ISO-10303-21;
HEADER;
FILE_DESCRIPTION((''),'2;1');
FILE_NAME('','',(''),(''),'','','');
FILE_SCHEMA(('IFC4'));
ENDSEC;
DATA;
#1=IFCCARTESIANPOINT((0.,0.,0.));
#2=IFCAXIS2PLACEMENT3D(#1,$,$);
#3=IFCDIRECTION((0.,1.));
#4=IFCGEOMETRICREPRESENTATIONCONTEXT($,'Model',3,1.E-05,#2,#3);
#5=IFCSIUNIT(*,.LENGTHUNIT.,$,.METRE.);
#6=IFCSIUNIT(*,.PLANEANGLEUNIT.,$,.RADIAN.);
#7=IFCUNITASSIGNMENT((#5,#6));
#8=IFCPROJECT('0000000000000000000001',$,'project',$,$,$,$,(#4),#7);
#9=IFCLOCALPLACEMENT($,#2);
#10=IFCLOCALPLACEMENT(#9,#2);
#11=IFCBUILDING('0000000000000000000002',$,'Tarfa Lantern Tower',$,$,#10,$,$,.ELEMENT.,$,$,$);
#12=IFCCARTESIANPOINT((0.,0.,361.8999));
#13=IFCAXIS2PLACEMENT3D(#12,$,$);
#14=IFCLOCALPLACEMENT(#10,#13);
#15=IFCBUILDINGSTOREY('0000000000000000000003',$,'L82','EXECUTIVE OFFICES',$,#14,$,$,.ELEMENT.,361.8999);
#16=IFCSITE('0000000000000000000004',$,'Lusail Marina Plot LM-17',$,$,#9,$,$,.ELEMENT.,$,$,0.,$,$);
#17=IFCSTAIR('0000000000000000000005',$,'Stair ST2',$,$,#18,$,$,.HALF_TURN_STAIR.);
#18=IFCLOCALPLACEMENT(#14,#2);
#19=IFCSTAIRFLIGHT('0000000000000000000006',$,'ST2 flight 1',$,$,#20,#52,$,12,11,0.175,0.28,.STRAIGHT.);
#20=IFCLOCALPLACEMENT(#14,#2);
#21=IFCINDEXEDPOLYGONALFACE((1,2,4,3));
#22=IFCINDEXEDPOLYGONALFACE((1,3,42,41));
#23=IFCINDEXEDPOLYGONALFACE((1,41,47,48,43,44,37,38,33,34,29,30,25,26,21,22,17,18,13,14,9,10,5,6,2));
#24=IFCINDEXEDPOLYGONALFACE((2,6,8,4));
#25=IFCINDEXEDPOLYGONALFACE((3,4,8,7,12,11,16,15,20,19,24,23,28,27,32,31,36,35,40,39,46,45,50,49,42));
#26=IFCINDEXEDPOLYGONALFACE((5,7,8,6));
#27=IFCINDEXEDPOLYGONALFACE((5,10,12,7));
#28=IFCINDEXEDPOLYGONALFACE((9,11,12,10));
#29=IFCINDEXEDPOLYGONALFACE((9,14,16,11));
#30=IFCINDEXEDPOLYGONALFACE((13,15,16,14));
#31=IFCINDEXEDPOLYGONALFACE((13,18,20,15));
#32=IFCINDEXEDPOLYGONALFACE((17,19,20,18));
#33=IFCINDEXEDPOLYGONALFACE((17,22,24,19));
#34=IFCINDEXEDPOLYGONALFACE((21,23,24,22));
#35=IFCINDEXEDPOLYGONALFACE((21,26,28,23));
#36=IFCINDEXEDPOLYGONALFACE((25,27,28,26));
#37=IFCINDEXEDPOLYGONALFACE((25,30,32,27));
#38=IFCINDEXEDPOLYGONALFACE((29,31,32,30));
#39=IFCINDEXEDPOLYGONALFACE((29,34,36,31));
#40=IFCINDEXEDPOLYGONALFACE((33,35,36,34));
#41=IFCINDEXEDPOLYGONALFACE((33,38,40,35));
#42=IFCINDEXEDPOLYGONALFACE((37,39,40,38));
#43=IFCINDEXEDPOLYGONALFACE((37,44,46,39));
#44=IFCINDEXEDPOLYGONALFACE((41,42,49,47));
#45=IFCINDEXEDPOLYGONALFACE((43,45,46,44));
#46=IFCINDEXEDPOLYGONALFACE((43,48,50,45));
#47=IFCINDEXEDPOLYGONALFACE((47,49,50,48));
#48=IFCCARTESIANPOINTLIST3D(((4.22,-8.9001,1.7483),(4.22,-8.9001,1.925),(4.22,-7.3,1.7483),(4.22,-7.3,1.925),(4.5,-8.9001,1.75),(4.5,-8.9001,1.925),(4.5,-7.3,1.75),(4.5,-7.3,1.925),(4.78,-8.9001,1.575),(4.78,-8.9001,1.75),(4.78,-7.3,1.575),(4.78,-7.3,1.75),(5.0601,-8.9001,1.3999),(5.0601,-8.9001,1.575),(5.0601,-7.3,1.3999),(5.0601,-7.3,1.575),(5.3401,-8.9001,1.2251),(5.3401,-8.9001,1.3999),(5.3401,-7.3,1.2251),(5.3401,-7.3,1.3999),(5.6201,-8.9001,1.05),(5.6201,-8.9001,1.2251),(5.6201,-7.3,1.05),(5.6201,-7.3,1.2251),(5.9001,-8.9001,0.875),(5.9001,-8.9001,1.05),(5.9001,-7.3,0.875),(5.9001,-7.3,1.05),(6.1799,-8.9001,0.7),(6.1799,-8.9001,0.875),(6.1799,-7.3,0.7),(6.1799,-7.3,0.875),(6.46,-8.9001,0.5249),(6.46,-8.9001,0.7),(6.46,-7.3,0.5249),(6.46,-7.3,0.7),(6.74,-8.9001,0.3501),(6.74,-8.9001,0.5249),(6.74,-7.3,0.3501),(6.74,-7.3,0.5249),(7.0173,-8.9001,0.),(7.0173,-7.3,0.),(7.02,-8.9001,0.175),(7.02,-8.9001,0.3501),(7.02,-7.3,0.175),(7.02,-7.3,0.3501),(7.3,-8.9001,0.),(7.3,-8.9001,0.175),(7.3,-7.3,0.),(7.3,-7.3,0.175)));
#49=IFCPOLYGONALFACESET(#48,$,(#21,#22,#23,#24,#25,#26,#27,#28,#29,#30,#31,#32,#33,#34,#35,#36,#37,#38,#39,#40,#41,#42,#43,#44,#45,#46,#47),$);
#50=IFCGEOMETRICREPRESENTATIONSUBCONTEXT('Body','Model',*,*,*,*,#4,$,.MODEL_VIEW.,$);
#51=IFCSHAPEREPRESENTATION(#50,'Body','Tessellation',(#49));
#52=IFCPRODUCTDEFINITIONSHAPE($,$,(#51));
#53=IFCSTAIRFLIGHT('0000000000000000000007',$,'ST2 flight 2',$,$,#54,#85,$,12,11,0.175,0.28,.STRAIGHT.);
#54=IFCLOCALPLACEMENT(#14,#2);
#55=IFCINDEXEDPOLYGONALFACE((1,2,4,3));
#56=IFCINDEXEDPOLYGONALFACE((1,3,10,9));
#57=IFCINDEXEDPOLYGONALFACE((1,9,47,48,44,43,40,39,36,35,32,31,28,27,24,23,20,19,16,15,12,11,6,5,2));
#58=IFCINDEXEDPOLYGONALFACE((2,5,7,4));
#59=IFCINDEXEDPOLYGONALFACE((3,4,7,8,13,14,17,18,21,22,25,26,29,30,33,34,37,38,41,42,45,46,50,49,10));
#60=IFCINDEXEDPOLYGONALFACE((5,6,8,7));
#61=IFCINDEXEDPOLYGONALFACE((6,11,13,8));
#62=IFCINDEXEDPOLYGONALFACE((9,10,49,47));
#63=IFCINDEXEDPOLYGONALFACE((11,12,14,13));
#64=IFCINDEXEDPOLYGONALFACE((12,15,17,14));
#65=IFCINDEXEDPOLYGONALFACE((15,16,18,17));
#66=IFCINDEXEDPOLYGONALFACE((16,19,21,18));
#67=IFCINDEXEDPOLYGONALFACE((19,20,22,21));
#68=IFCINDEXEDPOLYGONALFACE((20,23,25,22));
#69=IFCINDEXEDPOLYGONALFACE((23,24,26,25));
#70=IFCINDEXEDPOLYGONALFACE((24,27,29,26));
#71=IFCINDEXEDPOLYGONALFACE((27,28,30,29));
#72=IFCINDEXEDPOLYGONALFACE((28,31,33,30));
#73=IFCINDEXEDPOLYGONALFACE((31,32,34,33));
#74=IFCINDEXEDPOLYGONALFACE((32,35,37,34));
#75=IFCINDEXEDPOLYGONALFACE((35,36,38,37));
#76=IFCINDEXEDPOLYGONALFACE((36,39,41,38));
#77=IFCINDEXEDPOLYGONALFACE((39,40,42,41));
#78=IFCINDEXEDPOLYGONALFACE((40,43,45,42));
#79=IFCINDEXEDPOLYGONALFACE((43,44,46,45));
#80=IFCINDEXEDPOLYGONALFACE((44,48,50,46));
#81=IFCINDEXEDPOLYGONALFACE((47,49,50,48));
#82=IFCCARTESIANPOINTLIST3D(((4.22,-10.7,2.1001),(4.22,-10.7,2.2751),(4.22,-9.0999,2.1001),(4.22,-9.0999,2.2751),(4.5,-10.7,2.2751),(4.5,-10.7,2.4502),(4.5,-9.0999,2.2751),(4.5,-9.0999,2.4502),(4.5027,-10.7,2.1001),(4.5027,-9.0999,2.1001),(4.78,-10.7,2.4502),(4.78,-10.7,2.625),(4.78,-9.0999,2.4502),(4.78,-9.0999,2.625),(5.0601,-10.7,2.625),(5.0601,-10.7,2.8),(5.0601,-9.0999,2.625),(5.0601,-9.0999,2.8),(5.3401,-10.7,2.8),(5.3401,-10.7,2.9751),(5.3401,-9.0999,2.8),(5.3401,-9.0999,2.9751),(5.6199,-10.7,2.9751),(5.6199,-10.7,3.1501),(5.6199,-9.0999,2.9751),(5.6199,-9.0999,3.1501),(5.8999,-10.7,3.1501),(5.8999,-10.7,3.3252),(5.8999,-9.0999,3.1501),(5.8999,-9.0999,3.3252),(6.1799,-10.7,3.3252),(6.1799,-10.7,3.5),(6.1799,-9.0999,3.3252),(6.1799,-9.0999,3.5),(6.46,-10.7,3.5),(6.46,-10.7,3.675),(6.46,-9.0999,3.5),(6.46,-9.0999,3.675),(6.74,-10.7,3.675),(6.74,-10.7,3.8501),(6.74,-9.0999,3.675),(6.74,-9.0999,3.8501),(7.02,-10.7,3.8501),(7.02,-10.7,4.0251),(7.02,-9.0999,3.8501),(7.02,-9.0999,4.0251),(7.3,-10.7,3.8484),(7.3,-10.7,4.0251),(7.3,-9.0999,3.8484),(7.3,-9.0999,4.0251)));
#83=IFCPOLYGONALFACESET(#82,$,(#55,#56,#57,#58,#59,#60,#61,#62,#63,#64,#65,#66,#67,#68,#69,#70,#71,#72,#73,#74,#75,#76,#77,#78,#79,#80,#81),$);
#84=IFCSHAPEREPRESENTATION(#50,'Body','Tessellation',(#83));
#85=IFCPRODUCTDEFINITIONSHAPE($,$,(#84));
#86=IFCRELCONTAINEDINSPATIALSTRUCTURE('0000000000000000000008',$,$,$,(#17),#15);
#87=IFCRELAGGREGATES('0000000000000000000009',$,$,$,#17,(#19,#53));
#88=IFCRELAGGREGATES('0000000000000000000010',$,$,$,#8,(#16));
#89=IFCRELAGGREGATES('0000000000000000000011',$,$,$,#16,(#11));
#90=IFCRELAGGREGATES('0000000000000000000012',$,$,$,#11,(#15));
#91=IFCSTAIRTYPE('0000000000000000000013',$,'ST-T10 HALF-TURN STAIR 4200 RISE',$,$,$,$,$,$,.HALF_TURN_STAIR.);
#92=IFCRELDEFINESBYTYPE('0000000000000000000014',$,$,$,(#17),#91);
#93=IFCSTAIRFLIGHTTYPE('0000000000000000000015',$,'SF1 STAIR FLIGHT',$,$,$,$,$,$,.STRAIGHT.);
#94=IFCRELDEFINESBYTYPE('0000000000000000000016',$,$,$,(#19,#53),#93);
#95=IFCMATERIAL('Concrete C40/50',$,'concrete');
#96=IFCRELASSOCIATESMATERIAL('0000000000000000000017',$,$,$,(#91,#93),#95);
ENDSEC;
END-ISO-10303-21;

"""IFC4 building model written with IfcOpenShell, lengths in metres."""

from ifc_helpers import new_model, si_unit, direction, frame, origin, place, context, subcontext, project, spatial, polyline, outline, extrude, material, type_object, element, aggregate, save


model = new_model("IFC4")

# Units and contexts
model_context = context("Model", 3, precision=1e-05, world=origin(), true_north=direction((0.0, 1.0)))
body_context = subcontext(model_context, "Body", "Model", "MODEL_VIEW")
ifc_project = project(units=[si_unit("LENGTHUNIT", "METRE"), si_unit("PLANEANGLEUNIT", "RADIAN")], contexts=[model_context])

# Site, building, storey
site_placement = place(None, origin())
site = spatial("IfcSite", under=ifc_project, at=site_placement, Name="Lusail Marina Plot LM-17", CompositionType="ELEMENT", RefElevation=0.0)
building_placement = place(site_placement, origin())
building = spatial("IfcBuilding", under=site, at=building_placement, Name="Tarfa Lantern Tower", CompositionType="ELEMENT")
storey_placement = place(building_placement, frame((0.0, 0.0, 361.8999)))
storey = spatial("IfcBuildingStorey", under=building, at=storey_placement, Name="L82", Description="EXECUTIVE OFFICES", CompositionType="ELEMENT", Elevation=361.8999)

# Stair, stair flights
ifc_material_1 = material(Name="Concrete C40/50", Category="concrete")
stair_type = type_object("IfcStairType", Name="ST-T10 HALF-TURN STAIR 4200 RISE", PredefinedType="HALF_TURN_STAIR", material=ifc_material_1)
stair_placement = place(storey_placement, origin())
stair = element("IfcStair", 1, at=stair_placement, inside=storey, type_object=stair_type, Name="Stair ST2", PredefinedType="HALF_TURN_STAIR")
stair_flight_type = type_object("IfcStairFlightType", Name="SF1 STAIR FLIGHT", PredefinedType="STRAIGHT", material=ifc_material_1)
stair_flight_1_placement = place(storey_placement, frame((7.3, -8.1001, 0.0), z_axis=(0.0, 0.0, 1.0), x_axis=(-1.0, 0.0, 0.0)))
stair_flight_1 = element("IfcStairFlight", 2, at=stair_flight_1_placement, type_object=stair_flight_type, Name="ST2 flight 1", NumberOfRisers=12, NumberOfTreads=11, PredefinedType="STRAIGHT", RiserHeight=0.175, TreadLength=0.28, context=body_context, shape_type="SweptSolid", body=[
    extrude(outline(polyline([(0.0, 0.0), (0.0, 0.175), (0.28, 0.175), (0.28, 0.3501), (0.5601, 0.3501), (0.5601, 0.5249), (0.8401, 0.5249), (0.8401, 0.7), (1.1201, 0.7), (1.1201, 0.875), (1.3999, 0.875), (1.3999, 1.05), (1.6799, 1.05), (1.6799, 1.2251), (1.96, 1.2251), (1.96, 1.3999), (2.24, 1.3999), (2.24, 1.575), (2.52, 1.575), (2.52, 1.75), (2.8, 1.75), (2.8, 1.925), (3.0801, 1.925), (3.0801, 2.1001), (3.0801, 1.7483), (0.2827, 0.0), (0.0, 0.0)])), frame((0.0, 0.8, 0.0), z_axis=(0.0, -1.0, 0.0), x_axis=(1.0, 0.0, 0.0)), (0.0, 0.0, 1.0), 1.6001),
])
stair_flight_2_placement = place(storey_placement, frame((4.22, -9.8999, 2.1001), z_axis=(0.0, 0.0, 1.0), x_axis=(1.0, 0.0, 0.0)))
stair_flight_2 = element("IfcStairFlight", 3, at=stair_flight_2_placement, type_object=stair_flight_type, Name="ST2 flight 2", NumberOfRisers=12, NumberOfTreads=11, PredefinedType="STRAIGHT", RiserHeight=0.175, TreadLength=0.28, context=body_context, shape_type="SweptSolid", body=[
    extrude(outline(polyline([(0.0, 0.0), (0.0, 0.175), (0.28, 0.175), (0.28, 0.3501), (0.5601, 0.3501), (0.5601, 0.5249), (0.8401, 0.5249), (0.8401, 0.7), (1.1201, 0.7), (1.1201, 0.875), (1.3999, 0.875), (1.3999, 1.05), (1.6799, 1.05), (1.6799, 1.2251), (1.96, 1.2251), (1.96, 1.3999), (2.24, 1.3999), (2.24, 1.575), (2.52, 1.575), (2.52, 1.75), (2.8, 1.75), (2.8, 1.925), (3.0801, 1.925), (3.0801, 2.1001), (3.0801, 1.7483), (0.2827, 0.0), (0.0, 0.0)])), frame((0.0, 0.8, 0.0), z_axis=(0.0, -1.0, 0.0), x_axis=(1.0, 0.0, 0.0)), (0.0, 0.0, 1.0), 1.6001),
])
aggregate(stair, [stair_flight_1, stair_flight_2])

save(model, "model.ifc")
